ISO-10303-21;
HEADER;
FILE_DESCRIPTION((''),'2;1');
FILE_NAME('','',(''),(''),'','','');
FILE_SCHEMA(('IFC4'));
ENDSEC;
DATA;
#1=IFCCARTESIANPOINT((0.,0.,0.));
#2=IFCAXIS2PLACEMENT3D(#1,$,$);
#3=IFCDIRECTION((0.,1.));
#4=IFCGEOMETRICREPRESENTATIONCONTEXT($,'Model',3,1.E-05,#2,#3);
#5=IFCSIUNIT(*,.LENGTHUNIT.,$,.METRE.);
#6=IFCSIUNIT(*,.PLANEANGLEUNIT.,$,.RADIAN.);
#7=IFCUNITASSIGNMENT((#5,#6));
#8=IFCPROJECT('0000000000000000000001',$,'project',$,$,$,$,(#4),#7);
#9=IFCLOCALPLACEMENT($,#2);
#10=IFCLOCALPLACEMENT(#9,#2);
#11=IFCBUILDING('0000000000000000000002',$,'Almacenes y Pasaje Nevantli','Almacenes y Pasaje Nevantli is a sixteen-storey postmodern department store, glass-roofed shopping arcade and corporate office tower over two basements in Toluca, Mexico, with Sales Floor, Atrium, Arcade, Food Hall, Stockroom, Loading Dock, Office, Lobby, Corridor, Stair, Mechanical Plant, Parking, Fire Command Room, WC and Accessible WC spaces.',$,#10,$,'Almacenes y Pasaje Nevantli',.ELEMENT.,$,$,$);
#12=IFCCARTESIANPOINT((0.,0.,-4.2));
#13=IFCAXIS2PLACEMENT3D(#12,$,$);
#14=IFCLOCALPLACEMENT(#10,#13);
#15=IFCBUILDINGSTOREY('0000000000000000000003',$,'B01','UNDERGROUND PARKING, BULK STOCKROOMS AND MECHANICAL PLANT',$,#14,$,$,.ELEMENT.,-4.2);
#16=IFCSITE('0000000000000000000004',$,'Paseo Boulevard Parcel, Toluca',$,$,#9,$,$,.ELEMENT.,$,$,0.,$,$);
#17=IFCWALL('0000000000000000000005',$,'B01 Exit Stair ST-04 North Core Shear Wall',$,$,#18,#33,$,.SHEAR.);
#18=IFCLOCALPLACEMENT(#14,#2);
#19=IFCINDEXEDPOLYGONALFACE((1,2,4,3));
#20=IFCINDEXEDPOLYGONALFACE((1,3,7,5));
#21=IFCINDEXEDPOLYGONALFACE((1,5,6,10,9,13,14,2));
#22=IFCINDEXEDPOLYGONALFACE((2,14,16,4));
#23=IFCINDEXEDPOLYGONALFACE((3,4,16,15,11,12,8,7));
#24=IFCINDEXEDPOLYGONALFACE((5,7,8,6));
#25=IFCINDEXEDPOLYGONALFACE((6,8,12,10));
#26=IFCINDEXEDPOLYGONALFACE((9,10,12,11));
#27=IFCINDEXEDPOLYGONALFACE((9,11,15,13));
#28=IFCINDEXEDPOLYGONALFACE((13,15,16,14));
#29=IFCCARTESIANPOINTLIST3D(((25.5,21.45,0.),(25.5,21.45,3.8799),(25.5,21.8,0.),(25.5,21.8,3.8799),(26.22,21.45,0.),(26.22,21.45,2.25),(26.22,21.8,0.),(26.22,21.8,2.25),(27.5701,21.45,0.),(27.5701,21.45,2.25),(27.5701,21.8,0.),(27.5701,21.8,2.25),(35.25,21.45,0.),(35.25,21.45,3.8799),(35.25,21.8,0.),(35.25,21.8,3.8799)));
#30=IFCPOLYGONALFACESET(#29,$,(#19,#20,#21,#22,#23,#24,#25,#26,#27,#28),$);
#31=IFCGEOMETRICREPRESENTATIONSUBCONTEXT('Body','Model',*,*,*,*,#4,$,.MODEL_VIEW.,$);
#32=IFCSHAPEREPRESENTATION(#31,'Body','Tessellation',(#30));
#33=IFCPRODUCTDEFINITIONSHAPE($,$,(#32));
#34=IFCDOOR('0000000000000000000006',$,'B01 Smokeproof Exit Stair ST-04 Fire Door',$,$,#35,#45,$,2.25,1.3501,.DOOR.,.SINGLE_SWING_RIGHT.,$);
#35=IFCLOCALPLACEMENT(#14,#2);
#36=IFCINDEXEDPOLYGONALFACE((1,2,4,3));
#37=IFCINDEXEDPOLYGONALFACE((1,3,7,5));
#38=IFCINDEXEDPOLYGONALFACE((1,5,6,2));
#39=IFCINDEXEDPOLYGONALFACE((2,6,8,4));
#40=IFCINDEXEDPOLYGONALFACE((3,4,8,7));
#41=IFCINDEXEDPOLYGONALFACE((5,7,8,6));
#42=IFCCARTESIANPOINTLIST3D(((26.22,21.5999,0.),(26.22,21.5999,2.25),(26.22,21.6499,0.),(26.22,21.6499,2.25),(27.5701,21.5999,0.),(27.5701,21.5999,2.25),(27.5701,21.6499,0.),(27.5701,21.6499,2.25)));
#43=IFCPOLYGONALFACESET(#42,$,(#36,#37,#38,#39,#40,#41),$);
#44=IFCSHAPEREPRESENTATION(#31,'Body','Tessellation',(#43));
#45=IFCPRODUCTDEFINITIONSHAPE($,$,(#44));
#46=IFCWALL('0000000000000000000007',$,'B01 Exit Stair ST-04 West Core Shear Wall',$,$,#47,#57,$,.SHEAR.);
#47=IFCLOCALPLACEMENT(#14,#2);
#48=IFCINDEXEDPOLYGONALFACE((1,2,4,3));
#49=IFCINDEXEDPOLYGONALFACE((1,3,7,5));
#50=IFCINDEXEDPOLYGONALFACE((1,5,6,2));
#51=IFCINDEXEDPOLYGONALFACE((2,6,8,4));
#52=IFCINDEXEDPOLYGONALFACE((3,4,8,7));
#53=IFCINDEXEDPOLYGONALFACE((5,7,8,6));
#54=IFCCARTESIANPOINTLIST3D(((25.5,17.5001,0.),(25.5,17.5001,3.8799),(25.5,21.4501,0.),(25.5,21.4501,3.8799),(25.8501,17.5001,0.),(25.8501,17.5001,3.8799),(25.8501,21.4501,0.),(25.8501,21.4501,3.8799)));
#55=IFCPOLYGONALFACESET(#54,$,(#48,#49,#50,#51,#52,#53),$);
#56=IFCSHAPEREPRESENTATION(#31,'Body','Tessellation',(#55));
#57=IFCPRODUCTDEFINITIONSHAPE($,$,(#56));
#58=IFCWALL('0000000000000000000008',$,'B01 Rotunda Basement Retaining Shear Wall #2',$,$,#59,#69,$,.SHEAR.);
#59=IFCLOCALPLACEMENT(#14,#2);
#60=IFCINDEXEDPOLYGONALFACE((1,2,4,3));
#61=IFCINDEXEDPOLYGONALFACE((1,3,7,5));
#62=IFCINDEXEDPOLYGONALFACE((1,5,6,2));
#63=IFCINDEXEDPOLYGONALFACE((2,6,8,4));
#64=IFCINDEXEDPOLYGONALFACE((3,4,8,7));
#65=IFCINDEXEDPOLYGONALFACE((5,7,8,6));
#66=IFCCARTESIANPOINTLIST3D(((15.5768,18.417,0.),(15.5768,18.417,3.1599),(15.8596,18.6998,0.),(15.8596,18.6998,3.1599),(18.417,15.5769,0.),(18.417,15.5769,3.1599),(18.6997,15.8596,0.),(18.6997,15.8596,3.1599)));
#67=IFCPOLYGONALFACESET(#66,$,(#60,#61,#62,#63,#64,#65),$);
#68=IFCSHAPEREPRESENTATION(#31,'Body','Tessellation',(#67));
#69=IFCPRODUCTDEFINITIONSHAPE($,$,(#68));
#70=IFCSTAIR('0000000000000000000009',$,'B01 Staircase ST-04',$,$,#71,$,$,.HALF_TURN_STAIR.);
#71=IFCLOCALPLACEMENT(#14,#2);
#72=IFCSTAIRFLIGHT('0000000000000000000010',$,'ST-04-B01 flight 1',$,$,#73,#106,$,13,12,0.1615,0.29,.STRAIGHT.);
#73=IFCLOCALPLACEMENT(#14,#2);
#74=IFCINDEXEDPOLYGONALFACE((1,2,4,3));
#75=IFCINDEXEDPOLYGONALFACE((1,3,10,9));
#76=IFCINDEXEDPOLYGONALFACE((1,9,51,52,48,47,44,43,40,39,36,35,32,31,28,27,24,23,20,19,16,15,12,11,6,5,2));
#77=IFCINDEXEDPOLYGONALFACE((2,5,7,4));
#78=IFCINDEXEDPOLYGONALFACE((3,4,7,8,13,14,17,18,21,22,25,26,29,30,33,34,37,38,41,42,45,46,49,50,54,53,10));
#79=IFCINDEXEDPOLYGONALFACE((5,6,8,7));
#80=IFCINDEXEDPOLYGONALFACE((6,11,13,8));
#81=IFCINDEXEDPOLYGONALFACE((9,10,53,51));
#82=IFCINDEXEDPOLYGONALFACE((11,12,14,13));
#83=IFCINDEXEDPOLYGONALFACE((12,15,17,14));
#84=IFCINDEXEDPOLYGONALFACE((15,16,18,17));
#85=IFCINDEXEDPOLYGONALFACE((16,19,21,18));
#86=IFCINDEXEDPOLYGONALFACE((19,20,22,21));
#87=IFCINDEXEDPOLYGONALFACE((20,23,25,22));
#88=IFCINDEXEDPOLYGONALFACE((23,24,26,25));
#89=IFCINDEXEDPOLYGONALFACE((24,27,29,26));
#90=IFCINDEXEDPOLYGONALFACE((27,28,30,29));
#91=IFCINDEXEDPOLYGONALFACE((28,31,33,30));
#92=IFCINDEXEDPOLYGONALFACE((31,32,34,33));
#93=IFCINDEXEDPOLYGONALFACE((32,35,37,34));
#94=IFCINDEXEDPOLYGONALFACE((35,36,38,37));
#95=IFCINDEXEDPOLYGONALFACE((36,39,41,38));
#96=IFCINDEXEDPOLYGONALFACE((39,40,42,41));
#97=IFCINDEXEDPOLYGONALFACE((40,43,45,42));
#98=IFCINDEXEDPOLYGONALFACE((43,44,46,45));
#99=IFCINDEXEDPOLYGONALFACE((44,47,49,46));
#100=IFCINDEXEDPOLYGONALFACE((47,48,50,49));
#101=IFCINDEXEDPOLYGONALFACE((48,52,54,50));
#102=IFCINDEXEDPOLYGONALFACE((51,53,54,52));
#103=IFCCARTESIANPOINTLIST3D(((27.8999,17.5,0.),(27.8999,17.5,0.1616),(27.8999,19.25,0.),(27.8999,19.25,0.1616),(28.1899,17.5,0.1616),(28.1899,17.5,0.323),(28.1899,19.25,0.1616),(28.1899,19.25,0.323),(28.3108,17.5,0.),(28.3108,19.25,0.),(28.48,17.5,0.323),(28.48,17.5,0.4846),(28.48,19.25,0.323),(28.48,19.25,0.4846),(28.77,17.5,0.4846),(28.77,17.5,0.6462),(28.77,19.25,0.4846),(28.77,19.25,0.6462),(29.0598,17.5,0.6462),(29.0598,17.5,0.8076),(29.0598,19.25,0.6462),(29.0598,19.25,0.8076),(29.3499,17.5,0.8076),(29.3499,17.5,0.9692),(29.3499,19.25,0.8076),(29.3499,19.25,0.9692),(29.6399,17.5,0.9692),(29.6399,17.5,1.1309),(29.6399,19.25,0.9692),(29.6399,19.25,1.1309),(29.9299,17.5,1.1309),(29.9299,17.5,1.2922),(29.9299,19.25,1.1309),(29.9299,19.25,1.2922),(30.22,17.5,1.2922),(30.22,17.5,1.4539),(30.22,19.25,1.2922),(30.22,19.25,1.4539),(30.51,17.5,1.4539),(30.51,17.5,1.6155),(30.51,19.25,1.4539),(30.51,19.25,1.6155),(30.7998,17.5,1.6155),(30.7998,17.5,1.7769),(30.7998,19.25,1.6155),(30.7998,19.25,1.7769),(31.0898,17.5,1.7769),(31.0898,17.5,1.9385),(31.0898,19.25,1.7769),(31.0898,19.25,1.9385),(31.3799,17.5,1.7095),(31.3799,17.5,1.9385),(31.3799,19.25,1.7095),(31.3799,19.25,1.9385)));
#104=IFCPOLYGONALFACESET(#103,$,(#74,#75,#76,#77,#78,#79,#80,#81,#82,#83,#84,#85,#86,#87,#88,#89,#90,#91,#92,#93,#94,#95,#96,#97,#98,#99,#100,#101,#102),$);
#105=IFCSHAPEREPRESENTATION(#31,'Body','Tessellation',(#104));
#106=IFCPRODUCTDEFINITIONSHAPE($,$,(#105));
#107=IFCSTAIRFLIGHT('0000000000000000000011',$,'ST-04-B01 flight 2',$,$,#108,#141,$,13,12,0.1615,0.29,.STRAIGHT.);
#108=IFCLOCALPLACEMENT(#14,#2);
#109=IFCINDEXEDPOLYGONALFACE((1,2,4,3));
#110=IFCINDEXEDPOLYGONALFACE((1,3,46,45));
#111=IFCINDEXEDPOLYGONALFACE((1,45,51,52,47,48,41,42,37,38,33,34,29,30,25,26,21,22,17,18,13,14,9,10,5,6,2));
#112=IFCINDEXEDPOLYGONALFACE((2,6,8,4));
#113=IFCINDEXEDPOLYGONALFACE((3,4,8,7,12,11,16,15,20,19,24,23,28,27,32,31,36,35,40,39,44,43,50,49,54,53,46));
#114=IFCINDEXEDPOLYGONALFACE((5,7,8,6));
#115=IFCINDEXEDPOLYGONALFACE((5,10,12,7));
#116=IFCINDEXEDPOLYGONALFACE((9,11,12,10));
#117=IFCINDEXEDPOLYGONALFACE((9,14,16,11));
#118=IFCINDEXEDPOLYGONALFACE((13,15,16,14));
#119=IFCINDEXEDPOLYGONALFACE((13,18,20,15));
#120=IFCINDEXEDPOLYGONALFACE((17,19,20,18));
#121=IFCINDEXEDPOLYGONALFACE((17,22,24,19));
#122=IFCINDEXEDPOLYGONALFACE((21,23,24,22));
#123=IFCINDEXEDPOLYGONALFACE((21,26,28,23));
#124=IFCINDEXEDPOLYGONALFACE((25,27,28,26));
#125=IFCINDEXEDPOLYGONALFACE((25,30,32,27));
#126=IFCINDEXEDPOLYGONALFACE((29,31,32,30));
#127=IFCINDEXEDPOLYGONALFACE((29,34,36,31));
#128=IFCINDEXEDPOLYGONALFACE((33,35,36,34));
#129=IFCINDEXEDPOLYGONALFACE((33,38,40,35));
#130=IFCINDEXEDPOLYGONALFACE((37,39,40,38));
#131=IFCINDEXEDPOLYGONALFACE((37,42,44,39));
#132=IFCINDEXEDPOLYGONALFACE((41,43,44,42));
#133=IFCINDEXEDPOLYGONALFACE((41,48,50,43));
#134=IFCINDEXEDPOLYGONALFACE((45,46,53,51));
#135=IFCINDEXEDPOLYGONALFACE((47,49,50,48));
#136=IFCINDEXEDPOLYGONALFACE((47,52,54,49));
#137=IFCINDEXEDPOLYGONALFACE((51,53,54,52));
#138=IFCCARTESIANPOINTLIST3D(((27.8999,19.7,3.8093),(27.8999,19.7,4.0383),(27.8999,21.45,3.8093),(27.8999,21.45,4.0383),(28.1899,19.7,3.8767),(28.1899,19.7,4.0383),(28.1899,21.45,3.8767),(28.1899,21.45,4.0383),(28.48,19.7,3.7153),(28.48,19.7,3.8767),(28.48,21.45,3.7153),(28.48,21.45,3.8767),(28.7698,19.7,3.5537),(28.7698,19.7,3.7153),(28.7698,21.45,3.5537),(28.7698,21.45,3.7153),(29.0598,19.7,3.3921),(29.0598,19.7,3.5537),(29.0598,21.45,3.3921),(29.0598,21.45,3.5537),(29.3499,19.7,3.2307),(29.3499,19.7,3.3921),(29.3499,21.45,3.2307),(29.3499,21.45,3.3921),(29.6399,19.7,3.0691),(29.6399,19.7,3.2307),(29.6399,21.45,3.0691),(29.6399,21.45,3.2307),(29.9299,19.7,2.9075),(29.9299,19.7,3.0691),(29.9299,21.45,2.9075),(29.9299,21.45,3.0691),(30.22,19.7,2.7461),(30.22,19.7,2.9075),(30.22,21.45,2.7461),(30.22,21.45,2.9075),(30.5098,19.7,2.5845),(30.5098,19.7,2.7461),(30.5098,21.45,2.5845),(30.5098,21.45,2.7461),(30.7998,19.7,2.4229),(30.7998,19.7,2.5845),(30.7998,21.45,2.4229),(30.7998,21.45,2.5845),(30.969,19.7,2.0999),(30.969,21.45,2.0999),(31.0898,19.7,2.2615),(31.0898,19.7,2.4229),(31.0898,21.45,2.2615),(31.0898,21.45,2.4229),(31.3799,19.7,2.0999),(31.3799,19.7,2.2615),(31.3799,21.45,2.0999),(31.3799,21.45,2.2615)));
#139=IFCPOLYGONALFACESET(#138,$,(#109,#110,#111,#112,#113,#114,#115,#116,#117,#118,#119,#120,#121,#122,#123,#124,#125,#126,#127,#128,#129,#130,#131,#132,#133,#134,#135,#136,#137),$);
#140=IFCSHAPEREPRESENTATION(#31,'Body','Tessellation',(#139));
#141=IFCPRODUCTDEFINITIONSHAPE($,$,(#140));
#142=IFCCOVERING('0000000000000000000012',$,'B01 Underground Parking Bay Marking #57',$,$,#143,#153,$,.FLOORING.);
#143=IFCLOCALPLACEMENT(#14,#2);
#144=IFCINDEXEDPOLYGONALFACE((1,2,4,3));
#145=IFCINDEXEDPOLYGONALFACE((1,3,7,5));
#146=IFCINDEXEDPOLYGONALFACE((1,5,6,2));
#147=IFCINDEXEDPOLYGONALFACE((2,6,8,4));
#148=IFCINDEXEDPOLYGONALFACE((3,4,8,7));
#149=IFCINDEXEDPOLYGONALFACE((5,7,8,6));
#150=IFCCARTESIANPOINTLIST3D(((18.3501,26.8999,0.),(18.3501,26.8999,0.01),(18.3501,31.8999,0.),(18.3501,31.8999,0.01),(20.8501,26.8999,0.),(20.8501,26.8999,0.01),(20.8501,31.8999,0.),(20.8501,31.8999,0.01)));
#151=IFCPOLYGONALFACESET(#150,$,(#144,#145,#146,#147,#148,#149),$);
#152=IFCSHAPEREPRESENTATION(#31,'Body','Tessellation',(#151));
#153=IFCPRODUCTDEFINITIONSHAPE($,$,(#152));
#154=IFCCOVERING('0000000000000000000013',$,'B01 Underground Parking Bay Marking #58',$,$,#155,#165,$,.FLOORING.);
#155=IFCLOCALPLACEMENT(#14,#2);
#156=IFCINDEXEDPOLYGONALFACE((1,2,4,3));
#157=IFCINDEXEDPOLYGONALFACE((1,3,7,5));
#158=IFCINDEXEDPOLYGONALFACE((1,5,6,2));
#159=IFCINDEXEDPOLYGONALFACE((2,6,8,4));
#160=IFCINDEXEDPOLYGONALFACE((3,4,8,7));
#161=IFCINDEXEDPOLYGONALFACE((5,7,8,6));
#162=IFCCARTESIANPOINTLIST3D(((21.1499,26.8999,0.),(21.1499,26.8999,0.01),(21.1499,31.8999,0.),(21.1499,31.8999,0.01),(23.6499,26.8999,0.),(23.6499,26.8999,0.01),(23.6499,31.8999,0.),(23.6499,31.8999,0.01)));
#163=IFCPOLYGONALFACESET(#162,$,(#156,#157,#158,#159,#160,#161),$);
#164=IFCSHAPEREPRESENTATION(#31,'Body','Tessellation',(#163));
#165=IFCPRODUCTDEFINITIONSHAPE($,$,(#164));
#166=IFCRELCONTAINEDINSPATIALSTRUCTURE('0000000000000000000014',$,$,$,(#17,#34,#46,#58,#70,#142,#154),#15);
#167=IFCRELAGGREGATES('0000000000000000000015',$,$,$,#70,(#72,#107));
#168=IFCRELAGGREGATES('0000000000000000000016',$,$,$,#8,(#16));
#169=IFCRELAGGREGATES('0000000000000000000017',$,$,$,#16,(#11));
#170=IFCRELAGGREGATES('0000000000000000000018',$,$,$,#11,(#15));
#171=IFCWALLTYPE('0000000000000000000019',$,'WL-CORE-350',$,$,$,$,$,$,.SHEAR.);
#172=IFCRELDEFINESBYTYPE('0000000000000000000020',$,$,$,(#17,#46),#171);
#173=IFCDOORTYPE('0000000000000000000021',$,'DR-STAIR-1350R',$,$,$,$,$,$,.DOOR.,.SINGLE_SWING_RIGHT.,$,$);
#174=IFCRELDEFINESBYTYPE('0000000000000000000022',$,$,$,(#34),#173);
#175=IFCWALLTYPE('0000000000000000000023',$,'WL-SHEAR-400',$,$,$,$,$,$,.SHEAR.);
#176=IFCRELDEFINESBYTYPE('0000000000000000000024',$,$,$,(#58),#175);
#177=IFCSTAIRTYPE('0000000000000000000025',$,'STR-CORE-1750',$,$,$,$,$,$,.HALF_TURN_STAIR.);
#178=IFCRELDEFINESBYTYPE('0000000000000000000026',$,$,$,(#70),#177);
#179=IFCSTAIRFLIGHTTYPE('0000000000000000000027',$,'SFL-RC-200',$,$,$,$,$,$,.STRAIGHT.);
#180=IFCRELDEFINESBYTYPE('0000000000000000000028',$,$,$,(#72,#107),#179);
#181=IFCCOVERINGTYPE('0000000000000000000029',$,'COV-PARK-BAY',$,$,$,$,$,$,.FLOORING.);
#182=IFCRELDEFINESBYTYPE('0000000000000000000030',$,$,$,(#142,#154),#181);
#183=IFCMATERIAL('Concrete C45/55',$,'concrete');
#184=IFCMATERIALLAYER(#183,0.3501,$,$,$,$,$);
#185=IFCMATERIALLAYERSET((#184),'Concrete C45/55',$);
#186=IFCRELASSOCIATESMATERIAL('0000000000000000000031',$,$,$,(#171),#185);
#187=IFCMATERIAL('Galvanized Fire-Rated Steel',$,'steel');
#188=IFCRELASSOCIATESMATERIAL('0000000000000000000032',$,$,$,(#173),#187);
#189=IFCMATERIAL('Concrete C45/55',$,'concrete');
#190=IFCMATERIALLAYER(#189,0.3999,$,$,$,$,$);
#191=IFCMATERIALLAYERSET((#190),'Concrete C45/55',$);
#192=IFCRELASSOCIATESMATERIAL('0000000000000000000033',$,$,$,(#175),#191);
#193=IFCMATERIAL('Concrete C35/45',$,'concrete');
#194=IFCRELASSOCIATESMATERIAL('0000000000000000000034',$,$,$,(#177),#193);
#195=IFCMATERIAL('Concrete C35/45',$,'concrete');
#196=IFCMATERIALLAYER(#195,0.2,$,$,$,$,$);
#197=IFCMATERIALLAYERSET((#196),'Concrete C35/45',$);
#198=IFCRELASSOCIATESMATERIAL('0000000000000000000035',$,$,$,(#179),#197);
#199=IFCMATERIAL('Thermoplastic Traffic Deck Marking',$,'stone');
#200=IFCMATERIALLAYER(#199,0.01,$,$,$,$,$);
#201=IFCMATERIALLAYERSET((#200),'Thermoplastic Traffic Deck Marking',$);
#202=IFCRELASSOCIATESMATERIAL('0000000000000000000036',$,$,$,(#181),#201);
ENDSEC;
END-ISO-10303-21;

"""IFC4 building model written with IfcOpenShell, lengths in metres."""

from ifc_helpers import new_model, si_unit, direction, frame, frame_2d, origin, origin_2d, place, context, subcontext, project, spatial, polyline, rectangle, outline, extrude, material, layer, layer_set, type_object, element, fill, aggregate, save


model = new_model("IFC4")

# Units and contexts
model_context = context("Model", 3, precision=1e-05, world=origin(), true_north=direction((0.0, 1.0)))
body_context = subcontext(model_context, "Body", "Model", "MODEL_VIEW")
ifc_project = project(units=[si_unit("LENGTHUNIT", "METRE"), si_unit("PLANEANGLEUNIT", "RADIAN")], contexts=[model_context])

# Site, building, storey
site_placement = place(None, origin())
site = spatial("IfcSite", under=ifc_project, at=site_placement, Name="Paseo Boulevard Parcel, Toluca", CompositionType="ELEMENT", RefElevation=0.0)
building_placement = place(site_placement, origin())
building = spatial("IfcBuilding", under=site, at=building_placement, Name="Almacenes y Pasaje Nevantli", Description="Almacenes y Pasaje Nevantli is a sixteen-storey postmodern department store, glass-roofed shopping arcade and corporate office tower over two basements in Toluca, Mexico, with Sales Floor, Atrium, Arcade, Food Hall, Stockroom, Loading Dock, Office, Lobby, Corridor, Stair, Mechanical Plant, Parking, Fire Command Room, WC and Accessible WC spaces.", LongName="Almacenes y Pasaje Nevantli", CompositionType="ELEMENT")
storey_placement = place(building_placement, frame((0.0, 0.0, -4.2)))
storey = spatial("IfcBuildingStorey", under=building, at=storey_placement, Name="B01", Description="UNDERGROUND PARKING, BULK STOCKROOMS AND MECHANICAL PLANT", CompositionType="ELEMENT", Elevation=-4.2)

# Shared definitions
ifc_material_1 = material(Name="Concrete C45/55", Category="concrete")
ifc_layer_1 = layer(ifc_material_1, 0.3501)
ifc_layer_set_1 = layer_set([ifc_layer_1], Name="Concrete C45/55")
wall_type_1 = type_object("IfcWallType", Name="WL-CORE-350", PredefinedType="SHEAR", material=ifc_layer_set_1)

# Wall, opening, door
wall_1_placement = place(storey_placement, frame((25.5, 21.625, 0.0), z_axis=(0.0, 0.0, 1.0), x_axis=(1.0, 0.0, 0.0)))
wall_1 = element("IfcWall", 1, at=wall_1_placement, inside=storey, type_object=wall_type_1, Name="B01 Exit Stair ST-04 North Core Shear Wall", PredefinedType="SHEAR", context=body_context, shape_type="SweptSolid", body=[
    extrude(rectangle(XDim=9.75, YDim=0.3501, at=frame_2d((4.875, 0.0))), origin(), (0.0, 0.0, 1.0), 3.8799),
])
opening_placement = place(wall_1_placement, frame((0.72, 0.0, 0.0)))
opening = element("IfcOpeningElement", 2, at=opening_placement, cuts=wall_1, PredefinedType="OPENING", context=body_context, shape_type="SweptSolid", body=[
    extrude(rectangle(XDim=1.3501, YDim=2.25, at=frame_2d((0.675, 1.125))), frame((0.0, 0.1851, 0.0), z_axis=(0.0, -1.0, 0.0), x_axis=(1.0, 0.0, 0.0)), (0.0, 0.0, 1.0), 0.3701),
])
ifc_material_2 = material(Name="Galvanized Fire-Rated Steel", Category="steel")
door_type = type_object("IfcDoorType", Name="DR-STAIR-1350R", OperationType="SINGLE_SWING_RIGHT", PredefinedType="DOOR", material=ifc_material_2)
door_placement = place(opening_placement, origin())
door = element("IfcDoor", 3, at=door_placement, inside=storey, type_object=door_type, Name="B01 Smokeproof Exit Stair ST-04 Fire Door", OperationType="SINGLE_SWING_RIGHT", OverallHeight=2.25, OverallWidth=1.3501, PredefinedType="DOOR", context=body_context, shape_type="SweptSolid", body=[
    extrude(rectangle(XDim=1.3501, YDim=2.25, at=frame_2d((0.675, 1.125))), frame((0.0, 0.0249, 0.0), z_axis=(0.0, -1.0, 0.0), x_axis=(1.0, 0.0, 0.0)), (0.0, 0.0, 1.0), 0.05),
])
fill(opening, door)

# Walls
wall_2_placement = place(storey_placement, frame((25.675, 17.5, 0.0), z_axis=(0.0, 0.0, 1.0), x_axis=(0.0, 1.0, 0.0)))
element("IfcWall", 4, at=wall_2_placement, inside=storey, type_object=wall_type_1, Name="B01 Exit Stair ST-04 West Core Shear Wall", PredefinedType="SHEAR", context=body_context, shape_type="SweptSolid", body=[
    extrude(rectangle(XDim=3.95, YDim=0.3501, at=frame_2d((1.9751, 0.0))), origin(), (0.0, 0.0, 1.0), 3.8799),
])
ifc_material_3 = material(Name="Concrete C45/55", Category="concrete")
ifc_layer_2 = layer(ifc_material_3, 0.3999)
ifc_layer_set_2 = layer_set([ifc_layer_2], Name="Concrete C45/55")
wall_type_2 = type_object("IfcWallType", Name="WL-SHEAR-400", PredefinedType="SHEAR", material=ifc_layer_set_2)
wall_3_placement = place(storey_placement, frame((18.5583, 15.7183, 0.0), z_axis=(0.0, 0.0, 1.0), x_axis=(-0.707107, 0.707107, 0.0)))
element("IfcWall", 5, at=wall_3_placement, inside=storey, type_object=wall_type_2, Name="B01 Rotunda Basement Retaining Shear Wall #2", PredefinedType="SHEAR", context=body_context, shape_type="SweptSolid", body=[
    extrude(rectangle(XDim=4.0166, YDim=0.3999, at=frame_2d((2.0083, 0.0))), origin(), (0.0, 0.0, 1.0), 3.1599),
])

# Stair, stair flights
ifc_material_4 = material(Name="Concrete C35/45", Category="concrete")
stair_type = type_object("IfcStairType", Name="STR-CORE-1750", PredefinedType="HALF_TURN_STAIR", material=ifc_material_4)
stair_placement = place(storey_placement, origin())
stair = element("IfcStair", 6, at=stair_placement, inside=storey, type_object=stair_type, Name="B01 Staircase ST-04", PredefinedType="HALF_TURN_STAIR")
ifc_material_5 = material(Name="Concrete C35/45", Category="concrete")
ifc_layer_3 = layer(ifc_material_5, 0.2)
ifc_layer_set_3 = layer_set([ifc_layer_3], Name="Concrete C35/45")
stair_flight_type = type_object("IfcStairFlightType", Name="SFL-RC-200", PredefinedType="STRAIGHT", material=ifc_layer_set_3)
stair_flight_1_placement = place(storey_placement, frame((27.8999, 18.375, 0.0), z_axis=(0.0, 0.0, 1.0), x_axis=(1.0, 0.0, 0.0)))
stair_flight_1 = element("IfcStairFlight", 7, at=stair_flight_1_placement, type_object=stair_flight_type, Name="ST-04-B01 flight 1", NumberOfRisers=13, NumberOfTreads=12, PredefinedType="STRAIGHT", RiserHeight=0.1615, TreadLength=0.29, context=body_context, shape_type="SweptSolid", body=[
    extrude(outline(polyline([(0.0, 0.0), (0.0, 0.1616), (0.29, 0.1616), (0.29, 0.323), (0.5801, 0.323), (0.5801, 0.4846), (0.8701, 0.4846), (0.8701, 0.6462), (1.1599, 0.6462), (1.1599, 0.8076), (1.45, 0.8076), (1.45, 0.9692), (1.74, 0.9692), (1.74, 1.1309), (2.03, 1.1309), (2.03, 1.2922), (2.3201, 1.2922), (2.3201, 1.4539), (2.6101, 1.4539), (2.6101, 1.6155), (2.8999, 1.6155), (2.8999, 1.7769), (3.1899, 1.7769), (3.1899, 1.9385), (3.48, 1.9385), (3.48, 2.1001), (3.48, 1.7095), (0.4109, 0.0), (0.0, 0.0)])), frame((0.0, 0.875, 0.0), z_axis=(0.0, -1.0, 0.0), x_axis=(1.0, 0.0, 0.0)), (0.0, 0.0, 1.0), 1.75),
])
stair_flight_2_placement = place(storey_placement, frame((31.3799, 20.575, 2.0999), z_axis=(0.0, 0.0, 1.0), x_axis=(-1.0, 0.0, 0.0)))
stair_flight_2 = element("IfcStairFlight", 8, at=stair_flight_2_placement, type_object=stair_flight_type, Name="ST-04-B01 flight 2", NumberOfRisers=13, NumberOfTreads=12, PredefinedType="STRAIGHT", RiserHeight=0.1615, TreadLength=0.29, context=body_context, shape_type="SweptSolid", body=[
    extrude(outline(polyline([(0.0, 0.0), (0.0, 0.1616), (0.29, 0.1616), (0.29, 0.323), (0.5801, 0.323), (0.5801, 0.4846), (0.8701, 0.4846), (0.8701, 0.6462), (1.1599, 0.6462), (1.1599, 0.8076), (1.45, 0.8076), (1.45, 0.9692), (1.74, 0.9692), (1.74, 1.1309), (2.03, 1.1309), (2.03, 1.2922), (2.3201, 1.2922), (2.3201, 1.4539), (2.6101, 1.4539), (2.6101, 1.6155), (2.8999, 1.6155), (2.8999, 1.7769), (3.1899, 1.7769), (3.1899, 1.9385), (3.48, 1.9385), (3.48, 2.1001), (3.48, 1.7095), (0.4109, 0.0), (0.0, 0.0)])), frame((0.0, 0.875, 0.0), z_axis=(0.0, -1.0, 0.0), x_axis=(1.0, 0.0, 0.0)), (0.0, 0.0, 1.0), 1.75),
])
aggregate(stair, [stair_flight_1, stair_flight_2])

# Coverings
ifc_material_6 = material(Name="Thermoplastic Traffic Deck Marking", Category="stone")
ifc_layer_4 = layer(ifc_material_6, 0.01)
ifc_layer_set_4 = layer_set([ifc_layer_4], Name="Thermoplastic Traffic Deck Marking")
covering_type = type_object("IfcCoveringType", Name="COV-PARK-BAY", PredefinedType="FLOORING", material=ifc_layer_set_4)
for number, where, z_axis, x_axis, name in (
    (9, (19.6001, 29.3999, 0.0), (0.0, 0.0, 1.0), (1.0, 0.0, 0.0), "B01 Underground Parking Bay Marking #57"),
    (10, (22.3999, 29.3999, 0.0), (0.0, 0.0, 1.0), (1.0, 0.0, 0.0), "B01 Underground Parking Bay Marking #58"),
):
    element("IfcCovering", number, at=place(storey_placement, frame(where, z_axis=z_axis, x_axis=x_axis)), inside=storey, type_object=covering_type, Name=name, PredefinedType="FLOORING", context=body_context, shape_type="SweptSolid", body=[
        extrude(rectangle(XDim=2.5, YDim=5.0, at=origin_2d()), origin(), (0.0, 0.0, 1.0), 0.01),
    ])

save(model, "model.ifc")
